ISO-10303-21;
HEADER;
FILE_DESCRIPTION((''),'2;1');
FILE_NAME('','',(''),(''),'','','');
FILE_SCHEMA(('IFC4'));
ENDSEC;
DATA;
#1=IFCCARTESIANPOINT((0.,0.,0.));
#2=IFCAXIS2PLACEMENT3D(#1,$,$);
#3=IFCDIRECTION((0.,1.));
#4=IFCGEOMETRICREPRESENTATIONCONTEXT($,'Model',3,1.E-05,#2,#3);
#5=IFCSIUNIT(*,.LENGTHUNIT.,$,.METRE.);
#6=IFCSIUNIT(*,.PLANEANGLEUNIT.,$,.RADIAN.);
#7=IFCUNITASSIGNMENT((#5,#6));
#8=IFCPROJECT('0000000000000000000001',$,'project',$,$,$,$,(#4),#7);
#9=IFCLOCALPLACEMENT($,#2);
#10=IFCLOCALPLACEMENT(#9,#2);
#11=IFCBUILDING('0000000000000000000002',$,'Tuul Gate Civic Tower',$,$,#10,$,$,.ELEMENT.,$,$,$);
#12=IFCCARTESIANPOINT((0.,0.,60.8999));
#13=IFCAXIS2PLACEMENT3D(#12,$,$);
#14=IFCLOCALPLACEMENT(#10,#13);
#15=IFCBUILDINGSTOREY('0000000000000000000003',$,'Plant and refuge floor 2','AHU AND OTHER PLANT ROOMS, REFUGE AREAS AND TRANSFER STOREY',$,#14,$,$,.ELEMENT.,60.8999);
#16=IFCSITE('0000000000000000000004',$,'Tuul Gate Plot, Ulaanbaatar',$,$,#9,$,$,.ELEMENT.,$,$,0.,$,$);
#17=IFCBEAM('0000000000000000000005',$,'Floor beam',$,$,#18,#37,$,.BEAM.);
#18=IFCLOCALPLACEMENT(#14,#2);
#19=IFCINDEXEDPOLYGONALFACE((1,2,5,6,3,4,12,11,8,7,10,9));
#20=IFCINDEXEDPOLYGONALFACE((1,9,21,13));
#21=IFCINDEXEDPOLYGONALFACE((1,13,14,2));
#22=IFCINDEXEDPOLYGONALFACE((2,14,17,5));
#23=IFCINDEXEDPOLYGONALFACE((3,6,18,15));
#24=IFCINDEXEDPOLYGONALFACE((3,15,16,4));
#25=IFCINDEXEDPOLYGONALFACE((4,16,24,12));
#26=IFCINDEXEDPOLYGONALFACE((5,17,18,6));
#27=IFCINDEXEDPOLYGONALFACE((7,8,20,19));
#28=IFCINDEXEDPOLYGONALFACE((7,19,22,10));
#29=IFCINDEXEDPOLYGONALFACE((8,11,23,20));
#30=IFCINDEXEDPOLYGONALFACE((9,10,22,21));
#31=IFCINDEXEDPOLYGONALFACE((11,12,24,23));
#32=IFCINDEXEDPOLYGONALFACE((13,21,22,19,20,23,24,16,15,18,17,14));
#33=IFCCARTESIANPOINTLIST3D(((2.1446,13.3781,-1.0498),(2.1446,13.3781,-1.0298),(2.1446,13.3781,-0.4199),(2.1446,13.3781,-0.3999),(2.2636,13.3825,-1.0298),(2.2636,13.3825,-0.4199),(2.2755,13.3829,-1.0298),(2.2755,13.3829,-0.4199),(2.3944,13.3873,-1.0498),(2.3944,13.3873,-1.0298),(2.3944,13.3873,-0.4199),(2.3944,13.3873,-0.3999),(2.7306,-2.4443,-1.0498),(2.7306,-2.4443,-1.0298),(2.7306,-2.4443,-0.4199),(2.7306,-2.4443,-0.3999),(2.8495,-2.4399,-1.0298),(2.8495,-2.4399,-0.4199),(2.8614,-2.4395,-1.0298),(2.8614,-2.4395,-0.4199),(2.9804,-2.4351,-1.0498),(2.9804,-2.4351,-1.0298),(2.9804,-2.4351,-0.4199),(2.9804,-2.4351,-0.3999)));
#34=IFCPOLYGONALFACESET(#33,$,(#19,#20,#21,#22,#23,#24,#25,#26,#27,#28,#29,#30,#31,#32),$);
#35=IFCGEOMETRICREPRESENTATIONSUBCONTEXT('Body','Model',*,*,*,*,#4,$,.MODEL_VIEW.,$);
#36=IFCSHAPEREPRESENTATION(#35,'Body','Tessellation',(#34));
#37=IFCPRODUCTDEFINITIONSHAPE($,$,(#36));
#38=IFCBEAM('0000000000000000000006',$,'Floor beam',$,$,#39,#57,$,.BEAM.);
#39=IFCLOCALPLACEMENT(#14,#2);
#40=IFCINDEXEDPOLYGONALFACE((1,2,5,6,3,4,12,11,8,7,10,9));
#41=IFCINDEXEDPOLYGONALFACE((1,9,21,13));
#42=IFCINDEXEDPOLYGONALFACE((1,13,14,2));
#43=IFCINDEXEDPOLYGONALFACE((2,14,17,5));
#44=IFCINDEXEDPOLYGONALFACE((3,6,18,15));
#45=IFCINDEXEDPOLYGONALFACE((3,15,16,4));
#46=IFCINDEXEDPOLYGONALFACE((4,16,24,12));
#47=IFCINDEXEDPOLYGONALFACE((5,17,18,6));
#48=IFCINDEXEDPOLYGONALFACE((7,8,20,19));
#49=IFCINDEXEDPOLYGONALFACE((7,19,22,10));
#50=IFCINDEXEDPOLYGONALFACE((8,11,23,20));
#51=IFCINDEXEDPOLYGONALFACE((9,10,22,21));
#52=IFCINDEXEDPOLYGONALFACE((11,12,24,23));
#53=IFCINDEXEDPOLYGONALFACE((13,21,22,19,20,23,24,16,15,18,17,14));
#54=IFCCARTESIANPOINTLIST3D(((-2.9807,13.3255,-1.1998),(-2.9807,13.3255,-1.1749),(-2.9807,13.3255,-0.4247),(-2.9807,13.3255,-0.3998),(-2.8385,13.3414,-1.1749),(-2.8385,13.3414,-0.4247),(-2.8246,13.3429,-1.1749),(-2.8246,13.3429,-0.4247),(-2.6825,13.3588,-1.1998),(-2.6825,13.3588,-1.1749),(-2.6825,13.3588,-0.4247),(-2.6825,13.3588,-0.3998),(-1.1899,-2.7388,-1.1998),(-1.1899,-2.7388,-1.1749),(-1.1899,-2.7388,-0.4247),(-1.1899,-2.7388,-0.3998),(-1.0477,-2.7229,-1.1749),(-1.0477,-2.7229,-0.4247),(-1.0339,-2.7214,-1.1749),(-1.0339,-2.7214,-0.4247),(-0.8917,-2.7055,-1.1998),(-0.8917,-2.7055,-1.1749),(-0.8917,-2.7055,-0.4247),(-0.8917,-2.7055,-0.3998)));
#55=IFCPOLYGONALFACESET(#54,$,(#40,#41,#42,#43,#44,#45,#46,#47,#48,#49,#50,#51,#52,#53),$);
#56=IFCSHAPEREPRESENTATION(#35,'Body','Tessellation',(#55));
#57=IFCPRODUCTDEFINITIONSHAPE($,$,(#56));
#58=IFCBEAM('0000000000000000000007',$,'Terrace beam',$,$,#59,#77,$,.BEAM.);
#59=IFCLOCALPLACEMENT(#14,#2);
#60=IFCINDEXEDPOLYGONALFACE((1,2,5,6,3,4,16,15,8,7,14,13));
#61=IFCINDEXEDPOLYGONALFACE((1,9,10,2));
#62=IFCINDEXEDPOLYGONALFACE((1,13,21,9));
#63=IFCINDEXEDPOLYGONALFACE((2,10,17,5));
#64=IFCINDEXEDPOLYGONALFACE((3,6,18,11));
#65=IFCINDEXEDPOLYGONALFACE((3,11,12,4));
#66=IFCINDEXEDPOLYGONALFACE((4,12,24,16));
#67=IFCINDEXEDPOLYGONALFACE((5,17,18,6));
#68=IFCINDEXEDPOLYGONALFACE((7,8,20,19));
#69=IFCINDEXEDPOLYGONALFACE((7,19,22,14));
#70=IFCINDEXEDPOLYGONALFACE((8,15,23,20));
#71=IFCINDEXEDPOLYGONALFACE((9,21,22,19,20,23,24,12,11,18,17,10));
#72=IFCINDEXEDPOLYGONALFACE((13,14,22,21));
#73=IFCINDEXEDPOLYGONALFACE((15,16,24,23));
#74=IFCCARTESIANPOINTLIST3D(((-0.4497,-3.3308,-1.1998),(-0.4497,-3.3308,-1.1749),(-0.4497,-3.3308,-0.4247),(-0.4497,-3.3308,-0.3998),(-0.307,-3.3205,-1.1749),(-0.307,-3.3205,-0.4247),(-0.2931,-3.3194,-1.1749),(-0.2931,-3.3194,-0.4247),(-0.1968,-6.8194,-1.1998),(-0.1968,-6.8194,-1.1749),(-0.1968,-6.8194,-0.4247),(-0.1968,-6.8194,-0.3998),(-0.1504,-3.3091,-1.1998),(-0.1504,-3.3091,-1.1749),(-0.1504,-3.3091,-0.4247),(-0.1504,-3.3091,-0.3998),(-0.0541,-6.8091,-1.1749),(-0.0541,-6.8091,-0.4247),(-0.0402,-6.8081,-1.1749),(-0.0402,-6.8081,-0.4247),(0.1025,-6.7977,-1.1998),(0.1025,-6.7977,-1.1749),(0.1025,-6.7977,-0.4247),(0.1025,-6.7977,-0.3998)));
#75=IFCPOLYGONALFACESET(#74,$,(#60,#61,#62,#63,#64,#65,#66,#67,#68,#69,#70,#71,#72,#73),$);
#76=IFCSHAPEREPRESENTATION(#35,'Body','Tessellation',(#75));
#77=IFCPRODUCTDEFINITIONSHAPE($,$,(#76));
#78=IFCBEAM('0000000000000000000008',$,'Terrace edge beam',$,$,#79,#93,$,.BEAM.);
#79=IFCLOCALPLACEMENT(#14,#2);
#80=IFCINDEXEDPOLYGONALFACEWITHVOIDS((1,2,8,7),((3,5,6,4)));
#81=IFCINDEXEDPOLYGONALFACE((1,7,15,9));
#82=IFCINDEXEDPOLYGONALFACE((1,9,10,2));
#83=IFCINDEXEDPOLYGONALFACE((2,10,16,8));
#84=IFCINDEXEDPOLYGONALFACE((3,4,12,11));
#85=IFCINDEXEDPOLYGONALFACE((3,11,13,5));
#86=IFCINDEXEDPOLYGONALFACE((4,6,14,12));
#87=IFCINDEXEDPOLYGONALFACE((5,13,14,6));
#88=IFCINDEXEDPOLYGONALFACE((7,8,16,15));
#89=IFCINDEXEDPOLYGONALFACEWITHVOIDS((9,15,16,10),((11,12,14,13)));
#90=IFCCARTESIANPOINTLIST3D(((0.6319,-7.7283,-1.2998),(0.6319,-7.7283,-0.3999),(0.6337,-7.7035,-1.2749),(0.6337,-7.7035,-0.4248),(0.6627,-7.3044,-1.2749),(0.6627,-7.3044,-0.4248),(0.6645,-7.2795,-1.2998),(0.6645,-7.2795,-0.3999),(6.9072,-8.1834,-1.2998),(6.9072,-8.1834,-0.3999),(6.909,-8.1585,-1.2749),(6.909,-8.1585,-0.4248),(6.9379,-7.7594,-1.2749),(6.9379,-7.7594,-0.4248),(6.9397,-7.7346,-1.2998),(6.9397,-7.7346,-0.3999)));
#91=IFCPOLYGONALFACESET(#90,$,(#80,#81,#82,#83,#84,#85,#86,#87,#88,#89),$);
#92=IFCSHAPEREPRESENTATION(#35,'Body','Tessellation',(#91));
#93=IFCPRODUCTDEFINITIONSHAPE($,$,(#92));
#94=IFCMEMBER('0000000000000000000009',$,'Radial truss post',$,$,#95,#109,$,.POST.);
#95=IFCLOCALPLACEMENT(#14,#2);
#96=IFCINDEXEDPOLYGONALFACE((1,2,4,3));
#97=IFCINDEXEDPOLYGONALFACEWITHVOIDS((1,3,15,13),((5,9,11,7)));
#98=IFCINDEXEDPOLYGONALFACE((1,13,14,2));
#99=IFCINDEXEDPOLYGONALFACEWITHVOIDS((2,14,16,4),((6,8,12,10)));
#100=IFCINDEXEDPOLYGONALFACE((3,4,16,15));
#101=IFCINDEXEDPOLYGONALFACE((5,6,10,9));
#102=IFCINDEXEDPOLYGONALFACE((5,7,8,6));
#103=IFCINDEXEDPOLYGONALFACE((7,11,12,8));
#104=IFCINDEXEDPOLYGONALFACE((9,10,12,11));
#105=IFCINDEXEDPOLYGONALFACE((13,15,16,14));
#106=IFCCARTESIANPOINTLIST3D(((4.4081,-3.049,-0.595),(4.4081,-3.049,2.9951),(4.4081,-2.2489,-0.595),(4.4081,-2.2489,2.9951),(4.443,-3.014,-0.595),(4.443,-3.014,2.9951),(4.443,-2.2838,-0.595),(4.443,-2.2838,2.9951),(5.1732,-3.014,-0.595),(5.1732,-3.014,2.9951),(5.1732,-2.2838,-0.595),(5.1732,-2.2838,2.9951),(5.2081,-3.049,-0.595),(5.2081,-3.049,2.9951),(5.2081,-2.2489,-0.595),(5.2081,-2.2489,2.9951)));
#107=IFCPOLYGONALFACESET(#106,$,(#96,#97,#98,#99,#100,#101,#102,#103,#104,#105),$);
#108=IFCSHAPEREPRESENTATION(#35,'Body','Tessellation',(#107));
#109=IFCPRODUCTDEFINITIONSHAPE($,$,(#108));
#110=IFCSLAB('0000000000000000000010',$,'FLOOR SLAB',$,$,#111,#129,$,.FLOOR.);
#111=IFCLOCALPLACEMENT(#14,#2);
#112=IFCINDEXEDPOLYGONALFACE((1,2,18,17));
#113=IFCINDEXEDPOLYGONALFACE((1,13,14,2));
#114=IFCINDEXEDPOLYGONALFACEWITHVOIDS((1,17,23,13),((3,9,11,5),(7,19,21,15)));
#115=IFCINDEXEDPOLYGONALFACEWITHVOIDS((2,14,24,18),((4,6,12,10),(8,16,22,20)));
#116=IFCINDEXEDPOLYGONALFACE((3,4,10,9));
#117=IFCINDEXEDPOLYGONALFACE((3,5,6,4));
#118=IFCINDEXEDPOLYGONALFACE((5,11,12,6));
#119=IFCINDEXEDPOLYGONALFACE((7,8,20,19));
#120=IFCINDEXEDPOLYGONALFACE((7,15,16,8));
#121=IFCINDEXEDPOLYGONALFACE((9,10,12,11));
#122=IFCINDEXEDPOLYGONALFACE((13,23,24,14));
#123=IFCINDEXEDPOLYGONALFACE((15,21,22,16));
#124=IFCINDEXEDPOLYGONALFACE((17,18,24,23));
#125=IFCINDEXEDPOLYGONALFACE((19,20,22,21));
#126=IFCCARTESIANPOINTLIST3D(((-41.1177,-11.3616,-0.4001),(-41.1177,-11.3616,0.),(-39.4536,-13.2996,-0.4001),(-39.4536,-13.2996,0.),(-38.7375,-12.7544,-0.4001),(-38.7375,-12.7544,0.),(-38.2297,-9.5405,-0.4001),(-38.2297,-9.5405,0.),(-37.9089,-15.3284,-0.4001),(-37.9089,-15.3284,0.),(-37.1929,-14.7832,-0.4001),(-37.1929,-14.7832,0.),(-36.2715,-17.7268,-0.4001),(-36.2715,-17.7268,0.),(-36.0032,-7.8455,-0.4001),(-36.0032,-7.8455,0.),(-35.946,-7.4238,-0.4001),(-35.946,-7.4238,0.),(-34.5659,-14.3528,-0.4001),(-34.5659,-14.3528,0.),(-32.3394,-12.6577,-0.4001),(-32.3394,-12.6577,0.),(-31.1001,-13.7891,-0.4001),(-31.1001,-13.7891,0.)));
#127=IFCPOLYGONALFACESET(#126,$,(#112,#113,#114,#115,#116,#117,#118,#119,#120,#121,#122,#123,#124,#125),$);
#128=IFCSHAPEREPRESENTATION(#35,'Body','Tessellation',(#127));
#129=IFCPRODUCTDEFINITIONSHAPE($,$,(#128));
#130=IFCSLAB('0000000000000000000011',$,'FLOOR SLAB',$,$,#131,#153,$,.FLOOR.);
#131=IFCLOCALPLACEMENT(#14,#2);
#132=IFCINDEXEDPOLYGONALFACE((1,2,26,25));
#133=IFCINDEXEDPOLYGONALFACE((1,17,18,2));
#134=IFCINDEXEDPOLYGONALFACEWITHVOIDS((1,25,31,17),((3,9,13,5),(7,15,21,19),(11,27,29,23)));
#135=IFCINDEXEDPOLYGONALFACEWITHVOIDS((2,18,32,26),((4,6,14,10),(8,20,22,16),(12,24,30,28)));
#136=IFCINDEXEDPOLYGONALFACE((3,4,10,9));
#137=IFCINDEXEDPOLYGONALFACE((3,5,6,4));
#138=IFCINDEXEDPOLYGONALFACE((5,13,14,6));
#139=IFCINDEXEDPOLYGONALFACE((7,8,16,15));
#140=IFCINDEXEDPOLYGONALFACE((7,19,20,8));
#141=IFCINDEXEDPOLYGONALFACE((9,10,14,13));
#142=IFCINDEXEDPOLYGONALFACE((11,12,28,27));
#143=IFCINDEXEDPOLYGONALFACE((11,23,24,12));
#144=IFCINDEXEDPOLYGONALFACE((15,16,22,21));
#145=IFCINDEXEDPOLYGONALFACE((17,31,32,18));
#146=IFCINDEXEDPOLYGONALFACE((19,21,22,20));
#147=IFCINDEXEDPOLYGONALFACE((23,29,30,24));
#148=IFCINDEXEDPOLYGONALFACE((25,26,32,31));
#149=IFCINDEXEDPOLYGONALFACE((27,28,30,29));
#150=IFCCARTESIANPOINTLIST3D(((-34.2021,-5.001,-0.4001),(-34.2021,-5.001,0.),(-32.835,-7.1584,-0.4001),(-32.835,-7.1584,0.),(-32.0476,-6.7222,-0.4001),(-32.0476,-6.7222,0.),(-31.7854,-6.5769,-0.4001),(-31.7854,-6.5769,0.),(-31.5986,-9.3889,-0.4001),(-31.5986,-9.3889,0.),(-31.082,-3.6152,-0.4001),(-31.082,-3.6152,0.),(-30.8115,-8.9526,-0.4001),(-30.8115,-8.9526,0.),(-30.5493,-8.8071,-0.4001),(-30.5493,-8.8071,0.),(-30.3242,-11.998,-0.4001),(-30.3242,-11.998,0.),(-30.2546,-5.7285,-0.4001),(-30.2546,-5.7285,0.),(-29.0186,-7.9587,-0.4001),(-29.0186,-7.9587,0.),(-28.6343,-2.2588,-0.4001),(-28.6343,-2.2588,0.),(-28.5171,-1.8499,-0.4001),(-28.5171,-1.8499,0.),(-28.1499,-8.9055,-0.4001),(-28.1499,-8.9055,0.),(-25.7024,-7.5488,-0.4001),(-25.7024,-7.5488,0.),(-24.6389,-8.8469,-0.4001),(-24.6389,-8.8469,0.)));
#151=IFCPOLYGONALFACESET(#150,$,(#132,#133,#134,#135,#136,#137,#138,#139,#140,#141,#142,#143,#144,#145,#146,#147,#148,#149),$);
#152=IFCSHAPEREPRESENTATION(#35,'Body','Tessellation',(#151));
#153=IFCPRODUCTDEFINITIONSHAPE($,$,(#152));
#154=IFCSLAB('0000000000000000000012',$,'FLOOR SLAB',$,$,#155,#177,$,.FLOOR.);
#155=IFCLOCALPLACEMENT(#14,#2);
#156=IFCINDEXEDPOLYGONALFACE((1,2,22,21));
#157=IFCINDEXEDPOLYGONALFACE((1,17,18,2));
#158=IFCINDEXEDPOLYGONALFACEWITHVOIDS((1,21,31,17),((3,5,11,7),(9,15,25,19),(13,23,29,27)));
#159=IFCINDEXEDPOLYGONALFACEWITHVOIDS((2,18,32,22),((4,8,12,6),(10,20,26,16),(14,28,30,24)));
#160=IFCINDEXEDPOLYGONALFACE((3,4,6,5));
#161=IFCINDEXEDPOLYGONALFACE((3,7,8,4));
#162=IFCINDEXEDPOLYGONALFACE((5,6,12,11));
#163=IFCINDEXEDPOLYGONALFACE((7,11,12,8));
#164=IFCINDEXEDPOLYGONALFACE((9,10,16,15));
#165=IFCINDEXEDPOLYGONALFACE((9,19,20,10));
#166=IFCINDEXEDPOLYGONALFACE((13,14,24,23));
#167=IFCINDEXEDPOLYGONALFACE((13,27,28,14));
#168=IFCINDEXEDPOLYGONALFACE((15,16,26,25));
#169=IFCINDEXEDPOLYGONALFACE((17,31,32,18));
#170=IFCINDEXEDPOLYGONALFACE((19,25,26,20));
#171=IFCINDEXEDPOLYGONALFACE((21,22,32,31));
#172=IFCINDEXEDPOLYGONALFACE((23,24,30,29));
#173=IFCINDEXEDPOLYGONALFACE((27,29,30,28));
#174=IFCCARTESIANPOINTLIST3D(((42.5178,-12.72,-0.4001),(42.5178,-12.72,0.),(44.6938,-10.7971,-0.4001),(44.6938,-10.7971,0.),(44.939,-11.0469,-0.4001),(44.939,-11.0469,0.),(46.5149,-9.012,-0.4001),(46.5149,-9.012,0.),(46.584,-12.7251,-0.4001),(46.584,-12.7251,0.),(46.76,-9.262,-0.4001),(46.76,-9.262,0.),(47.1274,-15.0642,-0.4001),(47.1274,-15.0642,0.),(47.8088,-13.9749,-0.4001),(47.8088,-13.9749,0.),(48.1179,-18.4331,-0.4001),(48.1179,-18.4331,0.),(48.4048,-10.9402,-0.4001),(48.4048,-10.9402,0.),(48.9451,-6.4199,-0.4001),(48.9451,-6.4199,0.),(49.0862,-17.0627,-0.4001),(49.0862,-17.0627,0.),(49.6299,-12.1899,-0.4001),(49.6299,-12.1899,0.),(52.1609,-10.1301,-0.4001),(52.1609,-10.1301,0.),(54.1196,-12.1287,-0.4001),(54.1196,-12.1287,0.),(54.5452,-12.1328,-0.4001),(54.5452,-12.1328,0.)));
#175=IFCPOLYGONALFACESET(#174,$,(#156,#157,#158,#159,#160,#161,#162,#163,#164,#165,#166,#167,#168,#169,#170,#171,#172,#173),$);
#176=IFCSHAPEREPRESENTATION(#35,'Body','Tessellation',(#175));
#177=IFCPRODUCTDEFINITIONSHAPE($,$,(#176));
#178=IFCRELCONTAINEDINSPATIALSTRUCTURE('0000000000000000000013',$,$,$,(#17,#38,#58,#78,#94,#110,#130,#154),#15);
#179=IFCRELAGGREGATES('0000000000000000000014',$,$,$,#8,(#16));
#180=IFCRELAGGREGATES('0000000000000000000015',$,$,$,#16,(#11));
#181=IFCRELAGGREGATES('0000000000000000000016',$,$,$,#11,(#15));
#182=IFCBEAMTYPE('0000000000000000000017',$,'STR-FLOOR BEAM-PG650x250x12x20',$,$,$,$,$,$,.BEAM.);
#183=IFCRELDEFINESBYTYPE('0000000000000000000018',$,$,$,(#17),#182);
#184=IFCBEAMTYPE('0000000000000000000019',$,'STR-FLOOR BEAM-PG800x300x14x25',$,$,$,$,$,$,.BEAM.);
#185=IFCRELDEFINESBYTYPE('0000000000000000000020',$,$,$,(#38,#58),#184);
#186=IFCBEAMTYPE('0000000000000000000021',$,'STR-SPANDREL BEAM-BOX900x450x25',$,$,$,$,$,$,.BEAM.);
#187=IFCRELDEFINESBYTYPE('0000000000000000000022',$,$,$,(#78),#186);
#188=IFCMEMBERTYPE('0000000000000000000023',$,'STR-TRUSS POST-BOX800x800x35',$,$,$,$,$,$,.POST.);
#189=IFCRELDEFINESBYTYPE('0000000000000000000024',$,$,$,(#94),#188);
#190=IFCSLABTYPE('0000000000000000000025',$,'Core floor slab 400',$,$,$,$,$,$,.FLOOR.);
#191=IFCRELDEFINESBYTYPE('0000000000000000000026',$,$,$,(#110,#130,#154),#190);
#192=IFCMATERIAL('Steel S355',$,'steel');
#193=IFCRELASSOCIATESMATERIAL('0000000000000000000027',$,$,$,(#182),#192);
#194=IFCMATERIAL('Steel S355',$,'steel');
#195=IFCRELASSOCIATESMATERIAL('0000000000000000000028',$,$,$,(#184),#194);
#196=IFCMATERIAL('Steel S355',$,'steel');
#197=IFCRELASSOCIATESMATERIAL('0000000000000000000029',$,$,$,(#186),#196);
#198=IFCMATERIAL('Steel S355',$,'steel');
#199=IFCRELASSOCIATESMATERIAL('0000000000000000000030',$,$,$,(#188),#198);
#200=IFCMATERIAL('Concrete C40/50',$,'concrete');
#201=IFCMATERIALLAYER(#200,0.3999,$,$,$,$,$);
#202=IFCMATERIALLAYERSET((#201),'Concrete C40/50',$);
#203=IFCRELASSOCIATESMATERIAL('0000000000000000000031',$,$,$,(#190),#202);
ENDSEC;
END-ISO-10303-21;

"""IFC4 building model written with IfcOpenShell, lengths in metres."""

from ifc_helpers import new_model, si_unit, direction, frame, origin, origin_2d, place, context, subcontext, project, spatial, polyline, hollow_rectangle, i_section, outline, extrude, material, layer, layer_set, material_profile, profile_set, type_object, element, save


model = new_model("IFC4")

# Units and contexts
model_context = context("Model", 3, precision=1e-05, world=origin(), true_north=direction((0.0, 1.0)))
body_context = subcontext(model_context, "Body", "Model", "MODEL_VIEW")
ifc_project = project(units=[si_unit("LENGTHUNIT", "METRE"), si_unit("PLANEANGLEUNIT", "RADIAN")], contexts=[model_context])

# Site, building, storey
site_placement = place(None, origin())
site = spatial("IfcSite", under=ifc_project, at=site_placement, Name="Tuul Gate Plot, Ulaanbaatar", CompositionType="ELEMENT", RefElevation=0.0)
building_placement = place(site_placement, origin())
building = spatial("IfcBuilding", under=site, at=building_placement, Name="Tuul Gate Civic Tower", CompositionType="ELEMENT")
storey_placement = place(building_placement, frame((0.0, 0.0, 60.8999)))
storey = spatial("IfcBuildingStorey", under=building, at=storey_placement, Name="Plant and refuge floor 2", Description="AHU AND OTHER PLANT ROOMS, REFUGE AREAS AND TRANSFER STOREY", CompositionType="ELEMENT", Elevation=60.8999)

# Beams
ifc_material_1 = material(Name="Steel S355", Category="steel")
ifc_material_profile_1 = material_profile(ifc_material_1, i_section(OverallWidth=0.25, OverallDepth=0.6499, WebThickness=0.012, FlangeThickness=0.02, at=origin_2d()), Name="PG650x250x12x20")
ifc_profile_set_1 = profile_set([ifc_material_profile_1], Name="Steel S355")
beam_type_1 = type_object("IfcBeamType", Name="STR-FLOOR BEAM-PG650x250x12x20", PredefinedType="BEAM", material=ifc_profile_set_1)
beam_1_placement = place(storey_placement, frame((2.8555, -2.4397, -0.7249), z_axis=(-0.037007, 0.999315, 0.0), x_axis=(-0.999315, -0.037007, 0.0)))
element("IfcBeam", 1, at=beam_1_placement, inside=storey, type_object=beam_type_1, Name="Floor beam", PredefinedType="BEAM", context=body_context, shape_type="SweptSolid", body=[
    extrude(i_section(OverallWidth=0.25, OverallDepth=0.6499, WebThickness=0.012, FlangeThickness=0.02, at=origin_2d()), origin(), (0.0, 0.0, 1.0), 15.8333),
])
ifc_material_2 = material(Name="Steel S355", Category="steel")
ifc_material_profile_2 = material_profile(ifc_material_2, i_section(OverallWidth=0.3, OverallDepth=0.8, WebThickness=0.0139, FlangeThickness=0.0249, at=origin_2d()), Name="PG800x300x14x25")
ifc_profile_set_2 = profile_set([ifc_material_profile_2], Name="Steel S355")
beam_type_2 = type_object("IfcBeamType", Name="STR-FLOOR BEAM-PG800x300x14x25", PredefinedType="BEAM", material=ifc_profile_set_2)
beam_2_placement = place(storey_placement, frame((-1.0408, -2.7222, -0.7998), z_axis=(-0.11079, 0.993844, 0.0), x_axis=(-0.993844, -0.11079, 0.0)))
element("IfcBeam", 2, at=beam_2_placement, inside=storey, type_object=beam_type_2, Name="Floor beam", PredefinedType="BEAM", context=body_context, shape_type="SweptSolid", body=[
    extrude(i_section(OverallWidth=0.3, OverallDepth=0.8, WebThickness=0.0139, FlangeThickness=0.0249, at=origin_2d()), origin(), (0.0, 0.0, 1.0), 16.1638),
])
beam_3_placement = place(storey_placement, frame((-0.0471, -6.8086, -0.7998), z_axis=(-0.072314, 0.997382, 0.0), x_axis=(-0.997382, -0.072314, 0.0)))
element("IfcBeam", 3, at=beam_3_placement, inside=storey, type_object=beam_type_2, Name="Terrace beam", PredefinedType="BEAM", context=body_context, shape_type="SweptSolid", body=[
    extrude(i_section(OverallWidth=0.3, OverallDepth=0.8, WebThickness=0.0139, FlangeThickness=0.0249, at=origin_2d()), origin(), (0.0, 0.0, 1.0), 3.4978),
])
ifc_material_3 = material(Name="Steel S355", Category="steel")
ifc_material_profile_3 = material_profile(ifc_material_3, hollow_rectangle(XDim=0.45, YDim=0.8999, WallThickness=0.0249, at=origin_2d()), Name="BOX900x450x25")
ifc_profile_set_3 = profile_set([ifc_material_profile_3], Name="Steel S355")
beam_type_3 = type_object("IfcBeamType", Name="STR-SPANDREL BEAM-BOX900x450x25", PredefinedType="BEAM", material=ifc_profile_set_3)
beam_4_placement = place(storey_placement, frame((0.6482, -7.5039, -0.8499), z_axis=(0.997381, -0.072328, 0.0), x_axis=(0.072328, 0.997381, 0.0)))
element("IfcBeam", 4, at=beam_4_placement, inside=storey, type_object=beam_type_3, Name="Terrace edge beam", PredefinedType="BEAM", context=body_context, shape_type="SweptSolid", body=[
    extrude(hollow_rectangle(XDim=0.45, YDim=0.8999, WallThickness=0.0249, at=origin_2d()), origin(), (0.0, 0.0, 1.0), 6.2917),
])

# Member
ifc_material_4 = material(Name="Steel S355", Category="steel")
ifc_material_profile_4 = material_profile(ifc_material_4, hollow_rectangle(XDim=0.8, YDim=0.8, WallThickness=0.0349, at=origin_2d()), Name="BOX800x800x35")
ifc_profile_set_4 = profile_set([ifc_material_profile_4], Name="Steel S355")
member_type = type_object("IfcMemberType", Name="STR-TRUSS POST-BOX800x800x35", PredefinedType="POST", material=ifc_profile_set_4)
member_placement = place(storey_placement, frame((4.8081, -2.6489, -0.595), z_axis=(0.0, 0.0, 1.0), x_axis=(1.0, 0.0, 0.0)))
element("IfcMember", 5, at=member_placement, inside=storey, type_object=member_type, Name="Radial truss post", PredefinedType="POST", context=body_context, shape_type="SweptSolid", body=[
    extrude(hollow_rectangle(XDim=0.8, YDim=0.8, WallThickness=0.0349, at=origin_2d()), origin(), (0.0, 0.0, 1.0), 3.5901),
])

# Slabs
ifc_material_5 = material(Name="Concrete C40/50", Category="concrete")
ifc_layer_1 = layer(ifc_material_5, 0.3999)
ifc_layer_set_1 = layer_set([ifc_layer_1], Name="Concrete C40/50")
slab_type_1 = type_object("IfcSlabType", Name="Core floor slab 400", PredefinedType="FLOOR", material=ifc_layer_set_1)
slab_1_placement = place(storey_placement, frame((0.0, 0.0, -0.4001)))
element("IfcSlab", 6, at=slab_1_placement, inside=storey, type_object=slab_type_1, Name="FLOOR SLAB", PredefinedType="FLOOR", context=body_context, shape_type="SweptSolid", body=[
    extrude(outline(polyline([(-31.1001, -13.7891), (-35.946, -7.4238), (-41.1177, -11.3616), (-36.2715, -17.7268), (-31.1001, -13.7891)]), holes=[polyline([(-37.1929, -14.7832), (-38.7375, -12.7544), (-39.4536, -13.2996), (-37.9089, -15.3284), (-37.1929, -14.7832)]), polyline([(-32.3394, -12.6577), (-34.5659, -14.3528), (-38.2297, -9.5405), (-36.0032, -7.8455), (-32.3394, -12.6577)])]), origin(), (0.0, 0.0, 1.0), 0.4001),
])
slab_2_placement = place(storey_placement, frame((0.0, 0.0, -0.4001)))
element("IfcSlab", 7, at=slab_2_placement, inside=storey, type_object=slab_type_1, Name="FLOOR SLAB", PredefinedType="FLOOR", context=body_context, shape_type="SweptSolid", body=[
    extrude(outline(polyline([(-24.6389, -8.8469), (-28.5171, -1.8499), (-34.2021, -5.001), (-30.3242, -11.998), (-24.6389, -8.8469)]), holes=[polyline([(-29.0186, -7.9587), (-30.2546, -5.7285), (-31.7854, -6.5769), (-30.5493, -8.8071), (-29.0186, -7.9587)]), polyline([(-30.8115, -8.9526), (-32.0476, -6.7222), (-32.835, -7.1584), (-31.5986, -9.3889), (-30.8115, -8.9526)]), polyline([(-25.7024, -7.5488), (-28.1499, -8.9055), (-31.082, -3.6152), (-28.6343, -2.2588), (-25.7024, -7.5488)])]), origin(), (0.0, 0.0, 1.0), 0.4001),
])
slab_3_placement = place(storey_placement, frame((0.0, 0.0, -0.4001)))
element("IfcSlab", 8, at=slab_3_placement, inside=storey, type_object=slab_type_1, Name="FLOOR SLAB", PredefinedType="FLOOR", context=body_context, shape_type="SweptSolid", body=[
    extrude(outline(polyline([(48.1179, -18.4331), (54.5452, -12.1328), (48.9451, -6.4199), (42.5178, -12.72), (48.1179, -18.4331)]), holes=[polyline([(47.8088, -13.9749), (49.6299, -12.1899), (48.4048, -10.9402), (46.584, -12.7251), (47.8088, -13.9749)]), polyline([(44.939, -11.0469), (46.76, -9.262), (46.5149, -9.012), (44.6938, -10.7971), (44.939, -11.0469)]), polyline([(49.0862, -17.0627), (47.1274, -15.0642), (52.1609, -10.1301), (54.1196, -12.1287), (49.0862, -17.0627)])]), origin(), (0.0, 0.0, 1.0), 0.4001),
])

save(model, "model.ifc")
